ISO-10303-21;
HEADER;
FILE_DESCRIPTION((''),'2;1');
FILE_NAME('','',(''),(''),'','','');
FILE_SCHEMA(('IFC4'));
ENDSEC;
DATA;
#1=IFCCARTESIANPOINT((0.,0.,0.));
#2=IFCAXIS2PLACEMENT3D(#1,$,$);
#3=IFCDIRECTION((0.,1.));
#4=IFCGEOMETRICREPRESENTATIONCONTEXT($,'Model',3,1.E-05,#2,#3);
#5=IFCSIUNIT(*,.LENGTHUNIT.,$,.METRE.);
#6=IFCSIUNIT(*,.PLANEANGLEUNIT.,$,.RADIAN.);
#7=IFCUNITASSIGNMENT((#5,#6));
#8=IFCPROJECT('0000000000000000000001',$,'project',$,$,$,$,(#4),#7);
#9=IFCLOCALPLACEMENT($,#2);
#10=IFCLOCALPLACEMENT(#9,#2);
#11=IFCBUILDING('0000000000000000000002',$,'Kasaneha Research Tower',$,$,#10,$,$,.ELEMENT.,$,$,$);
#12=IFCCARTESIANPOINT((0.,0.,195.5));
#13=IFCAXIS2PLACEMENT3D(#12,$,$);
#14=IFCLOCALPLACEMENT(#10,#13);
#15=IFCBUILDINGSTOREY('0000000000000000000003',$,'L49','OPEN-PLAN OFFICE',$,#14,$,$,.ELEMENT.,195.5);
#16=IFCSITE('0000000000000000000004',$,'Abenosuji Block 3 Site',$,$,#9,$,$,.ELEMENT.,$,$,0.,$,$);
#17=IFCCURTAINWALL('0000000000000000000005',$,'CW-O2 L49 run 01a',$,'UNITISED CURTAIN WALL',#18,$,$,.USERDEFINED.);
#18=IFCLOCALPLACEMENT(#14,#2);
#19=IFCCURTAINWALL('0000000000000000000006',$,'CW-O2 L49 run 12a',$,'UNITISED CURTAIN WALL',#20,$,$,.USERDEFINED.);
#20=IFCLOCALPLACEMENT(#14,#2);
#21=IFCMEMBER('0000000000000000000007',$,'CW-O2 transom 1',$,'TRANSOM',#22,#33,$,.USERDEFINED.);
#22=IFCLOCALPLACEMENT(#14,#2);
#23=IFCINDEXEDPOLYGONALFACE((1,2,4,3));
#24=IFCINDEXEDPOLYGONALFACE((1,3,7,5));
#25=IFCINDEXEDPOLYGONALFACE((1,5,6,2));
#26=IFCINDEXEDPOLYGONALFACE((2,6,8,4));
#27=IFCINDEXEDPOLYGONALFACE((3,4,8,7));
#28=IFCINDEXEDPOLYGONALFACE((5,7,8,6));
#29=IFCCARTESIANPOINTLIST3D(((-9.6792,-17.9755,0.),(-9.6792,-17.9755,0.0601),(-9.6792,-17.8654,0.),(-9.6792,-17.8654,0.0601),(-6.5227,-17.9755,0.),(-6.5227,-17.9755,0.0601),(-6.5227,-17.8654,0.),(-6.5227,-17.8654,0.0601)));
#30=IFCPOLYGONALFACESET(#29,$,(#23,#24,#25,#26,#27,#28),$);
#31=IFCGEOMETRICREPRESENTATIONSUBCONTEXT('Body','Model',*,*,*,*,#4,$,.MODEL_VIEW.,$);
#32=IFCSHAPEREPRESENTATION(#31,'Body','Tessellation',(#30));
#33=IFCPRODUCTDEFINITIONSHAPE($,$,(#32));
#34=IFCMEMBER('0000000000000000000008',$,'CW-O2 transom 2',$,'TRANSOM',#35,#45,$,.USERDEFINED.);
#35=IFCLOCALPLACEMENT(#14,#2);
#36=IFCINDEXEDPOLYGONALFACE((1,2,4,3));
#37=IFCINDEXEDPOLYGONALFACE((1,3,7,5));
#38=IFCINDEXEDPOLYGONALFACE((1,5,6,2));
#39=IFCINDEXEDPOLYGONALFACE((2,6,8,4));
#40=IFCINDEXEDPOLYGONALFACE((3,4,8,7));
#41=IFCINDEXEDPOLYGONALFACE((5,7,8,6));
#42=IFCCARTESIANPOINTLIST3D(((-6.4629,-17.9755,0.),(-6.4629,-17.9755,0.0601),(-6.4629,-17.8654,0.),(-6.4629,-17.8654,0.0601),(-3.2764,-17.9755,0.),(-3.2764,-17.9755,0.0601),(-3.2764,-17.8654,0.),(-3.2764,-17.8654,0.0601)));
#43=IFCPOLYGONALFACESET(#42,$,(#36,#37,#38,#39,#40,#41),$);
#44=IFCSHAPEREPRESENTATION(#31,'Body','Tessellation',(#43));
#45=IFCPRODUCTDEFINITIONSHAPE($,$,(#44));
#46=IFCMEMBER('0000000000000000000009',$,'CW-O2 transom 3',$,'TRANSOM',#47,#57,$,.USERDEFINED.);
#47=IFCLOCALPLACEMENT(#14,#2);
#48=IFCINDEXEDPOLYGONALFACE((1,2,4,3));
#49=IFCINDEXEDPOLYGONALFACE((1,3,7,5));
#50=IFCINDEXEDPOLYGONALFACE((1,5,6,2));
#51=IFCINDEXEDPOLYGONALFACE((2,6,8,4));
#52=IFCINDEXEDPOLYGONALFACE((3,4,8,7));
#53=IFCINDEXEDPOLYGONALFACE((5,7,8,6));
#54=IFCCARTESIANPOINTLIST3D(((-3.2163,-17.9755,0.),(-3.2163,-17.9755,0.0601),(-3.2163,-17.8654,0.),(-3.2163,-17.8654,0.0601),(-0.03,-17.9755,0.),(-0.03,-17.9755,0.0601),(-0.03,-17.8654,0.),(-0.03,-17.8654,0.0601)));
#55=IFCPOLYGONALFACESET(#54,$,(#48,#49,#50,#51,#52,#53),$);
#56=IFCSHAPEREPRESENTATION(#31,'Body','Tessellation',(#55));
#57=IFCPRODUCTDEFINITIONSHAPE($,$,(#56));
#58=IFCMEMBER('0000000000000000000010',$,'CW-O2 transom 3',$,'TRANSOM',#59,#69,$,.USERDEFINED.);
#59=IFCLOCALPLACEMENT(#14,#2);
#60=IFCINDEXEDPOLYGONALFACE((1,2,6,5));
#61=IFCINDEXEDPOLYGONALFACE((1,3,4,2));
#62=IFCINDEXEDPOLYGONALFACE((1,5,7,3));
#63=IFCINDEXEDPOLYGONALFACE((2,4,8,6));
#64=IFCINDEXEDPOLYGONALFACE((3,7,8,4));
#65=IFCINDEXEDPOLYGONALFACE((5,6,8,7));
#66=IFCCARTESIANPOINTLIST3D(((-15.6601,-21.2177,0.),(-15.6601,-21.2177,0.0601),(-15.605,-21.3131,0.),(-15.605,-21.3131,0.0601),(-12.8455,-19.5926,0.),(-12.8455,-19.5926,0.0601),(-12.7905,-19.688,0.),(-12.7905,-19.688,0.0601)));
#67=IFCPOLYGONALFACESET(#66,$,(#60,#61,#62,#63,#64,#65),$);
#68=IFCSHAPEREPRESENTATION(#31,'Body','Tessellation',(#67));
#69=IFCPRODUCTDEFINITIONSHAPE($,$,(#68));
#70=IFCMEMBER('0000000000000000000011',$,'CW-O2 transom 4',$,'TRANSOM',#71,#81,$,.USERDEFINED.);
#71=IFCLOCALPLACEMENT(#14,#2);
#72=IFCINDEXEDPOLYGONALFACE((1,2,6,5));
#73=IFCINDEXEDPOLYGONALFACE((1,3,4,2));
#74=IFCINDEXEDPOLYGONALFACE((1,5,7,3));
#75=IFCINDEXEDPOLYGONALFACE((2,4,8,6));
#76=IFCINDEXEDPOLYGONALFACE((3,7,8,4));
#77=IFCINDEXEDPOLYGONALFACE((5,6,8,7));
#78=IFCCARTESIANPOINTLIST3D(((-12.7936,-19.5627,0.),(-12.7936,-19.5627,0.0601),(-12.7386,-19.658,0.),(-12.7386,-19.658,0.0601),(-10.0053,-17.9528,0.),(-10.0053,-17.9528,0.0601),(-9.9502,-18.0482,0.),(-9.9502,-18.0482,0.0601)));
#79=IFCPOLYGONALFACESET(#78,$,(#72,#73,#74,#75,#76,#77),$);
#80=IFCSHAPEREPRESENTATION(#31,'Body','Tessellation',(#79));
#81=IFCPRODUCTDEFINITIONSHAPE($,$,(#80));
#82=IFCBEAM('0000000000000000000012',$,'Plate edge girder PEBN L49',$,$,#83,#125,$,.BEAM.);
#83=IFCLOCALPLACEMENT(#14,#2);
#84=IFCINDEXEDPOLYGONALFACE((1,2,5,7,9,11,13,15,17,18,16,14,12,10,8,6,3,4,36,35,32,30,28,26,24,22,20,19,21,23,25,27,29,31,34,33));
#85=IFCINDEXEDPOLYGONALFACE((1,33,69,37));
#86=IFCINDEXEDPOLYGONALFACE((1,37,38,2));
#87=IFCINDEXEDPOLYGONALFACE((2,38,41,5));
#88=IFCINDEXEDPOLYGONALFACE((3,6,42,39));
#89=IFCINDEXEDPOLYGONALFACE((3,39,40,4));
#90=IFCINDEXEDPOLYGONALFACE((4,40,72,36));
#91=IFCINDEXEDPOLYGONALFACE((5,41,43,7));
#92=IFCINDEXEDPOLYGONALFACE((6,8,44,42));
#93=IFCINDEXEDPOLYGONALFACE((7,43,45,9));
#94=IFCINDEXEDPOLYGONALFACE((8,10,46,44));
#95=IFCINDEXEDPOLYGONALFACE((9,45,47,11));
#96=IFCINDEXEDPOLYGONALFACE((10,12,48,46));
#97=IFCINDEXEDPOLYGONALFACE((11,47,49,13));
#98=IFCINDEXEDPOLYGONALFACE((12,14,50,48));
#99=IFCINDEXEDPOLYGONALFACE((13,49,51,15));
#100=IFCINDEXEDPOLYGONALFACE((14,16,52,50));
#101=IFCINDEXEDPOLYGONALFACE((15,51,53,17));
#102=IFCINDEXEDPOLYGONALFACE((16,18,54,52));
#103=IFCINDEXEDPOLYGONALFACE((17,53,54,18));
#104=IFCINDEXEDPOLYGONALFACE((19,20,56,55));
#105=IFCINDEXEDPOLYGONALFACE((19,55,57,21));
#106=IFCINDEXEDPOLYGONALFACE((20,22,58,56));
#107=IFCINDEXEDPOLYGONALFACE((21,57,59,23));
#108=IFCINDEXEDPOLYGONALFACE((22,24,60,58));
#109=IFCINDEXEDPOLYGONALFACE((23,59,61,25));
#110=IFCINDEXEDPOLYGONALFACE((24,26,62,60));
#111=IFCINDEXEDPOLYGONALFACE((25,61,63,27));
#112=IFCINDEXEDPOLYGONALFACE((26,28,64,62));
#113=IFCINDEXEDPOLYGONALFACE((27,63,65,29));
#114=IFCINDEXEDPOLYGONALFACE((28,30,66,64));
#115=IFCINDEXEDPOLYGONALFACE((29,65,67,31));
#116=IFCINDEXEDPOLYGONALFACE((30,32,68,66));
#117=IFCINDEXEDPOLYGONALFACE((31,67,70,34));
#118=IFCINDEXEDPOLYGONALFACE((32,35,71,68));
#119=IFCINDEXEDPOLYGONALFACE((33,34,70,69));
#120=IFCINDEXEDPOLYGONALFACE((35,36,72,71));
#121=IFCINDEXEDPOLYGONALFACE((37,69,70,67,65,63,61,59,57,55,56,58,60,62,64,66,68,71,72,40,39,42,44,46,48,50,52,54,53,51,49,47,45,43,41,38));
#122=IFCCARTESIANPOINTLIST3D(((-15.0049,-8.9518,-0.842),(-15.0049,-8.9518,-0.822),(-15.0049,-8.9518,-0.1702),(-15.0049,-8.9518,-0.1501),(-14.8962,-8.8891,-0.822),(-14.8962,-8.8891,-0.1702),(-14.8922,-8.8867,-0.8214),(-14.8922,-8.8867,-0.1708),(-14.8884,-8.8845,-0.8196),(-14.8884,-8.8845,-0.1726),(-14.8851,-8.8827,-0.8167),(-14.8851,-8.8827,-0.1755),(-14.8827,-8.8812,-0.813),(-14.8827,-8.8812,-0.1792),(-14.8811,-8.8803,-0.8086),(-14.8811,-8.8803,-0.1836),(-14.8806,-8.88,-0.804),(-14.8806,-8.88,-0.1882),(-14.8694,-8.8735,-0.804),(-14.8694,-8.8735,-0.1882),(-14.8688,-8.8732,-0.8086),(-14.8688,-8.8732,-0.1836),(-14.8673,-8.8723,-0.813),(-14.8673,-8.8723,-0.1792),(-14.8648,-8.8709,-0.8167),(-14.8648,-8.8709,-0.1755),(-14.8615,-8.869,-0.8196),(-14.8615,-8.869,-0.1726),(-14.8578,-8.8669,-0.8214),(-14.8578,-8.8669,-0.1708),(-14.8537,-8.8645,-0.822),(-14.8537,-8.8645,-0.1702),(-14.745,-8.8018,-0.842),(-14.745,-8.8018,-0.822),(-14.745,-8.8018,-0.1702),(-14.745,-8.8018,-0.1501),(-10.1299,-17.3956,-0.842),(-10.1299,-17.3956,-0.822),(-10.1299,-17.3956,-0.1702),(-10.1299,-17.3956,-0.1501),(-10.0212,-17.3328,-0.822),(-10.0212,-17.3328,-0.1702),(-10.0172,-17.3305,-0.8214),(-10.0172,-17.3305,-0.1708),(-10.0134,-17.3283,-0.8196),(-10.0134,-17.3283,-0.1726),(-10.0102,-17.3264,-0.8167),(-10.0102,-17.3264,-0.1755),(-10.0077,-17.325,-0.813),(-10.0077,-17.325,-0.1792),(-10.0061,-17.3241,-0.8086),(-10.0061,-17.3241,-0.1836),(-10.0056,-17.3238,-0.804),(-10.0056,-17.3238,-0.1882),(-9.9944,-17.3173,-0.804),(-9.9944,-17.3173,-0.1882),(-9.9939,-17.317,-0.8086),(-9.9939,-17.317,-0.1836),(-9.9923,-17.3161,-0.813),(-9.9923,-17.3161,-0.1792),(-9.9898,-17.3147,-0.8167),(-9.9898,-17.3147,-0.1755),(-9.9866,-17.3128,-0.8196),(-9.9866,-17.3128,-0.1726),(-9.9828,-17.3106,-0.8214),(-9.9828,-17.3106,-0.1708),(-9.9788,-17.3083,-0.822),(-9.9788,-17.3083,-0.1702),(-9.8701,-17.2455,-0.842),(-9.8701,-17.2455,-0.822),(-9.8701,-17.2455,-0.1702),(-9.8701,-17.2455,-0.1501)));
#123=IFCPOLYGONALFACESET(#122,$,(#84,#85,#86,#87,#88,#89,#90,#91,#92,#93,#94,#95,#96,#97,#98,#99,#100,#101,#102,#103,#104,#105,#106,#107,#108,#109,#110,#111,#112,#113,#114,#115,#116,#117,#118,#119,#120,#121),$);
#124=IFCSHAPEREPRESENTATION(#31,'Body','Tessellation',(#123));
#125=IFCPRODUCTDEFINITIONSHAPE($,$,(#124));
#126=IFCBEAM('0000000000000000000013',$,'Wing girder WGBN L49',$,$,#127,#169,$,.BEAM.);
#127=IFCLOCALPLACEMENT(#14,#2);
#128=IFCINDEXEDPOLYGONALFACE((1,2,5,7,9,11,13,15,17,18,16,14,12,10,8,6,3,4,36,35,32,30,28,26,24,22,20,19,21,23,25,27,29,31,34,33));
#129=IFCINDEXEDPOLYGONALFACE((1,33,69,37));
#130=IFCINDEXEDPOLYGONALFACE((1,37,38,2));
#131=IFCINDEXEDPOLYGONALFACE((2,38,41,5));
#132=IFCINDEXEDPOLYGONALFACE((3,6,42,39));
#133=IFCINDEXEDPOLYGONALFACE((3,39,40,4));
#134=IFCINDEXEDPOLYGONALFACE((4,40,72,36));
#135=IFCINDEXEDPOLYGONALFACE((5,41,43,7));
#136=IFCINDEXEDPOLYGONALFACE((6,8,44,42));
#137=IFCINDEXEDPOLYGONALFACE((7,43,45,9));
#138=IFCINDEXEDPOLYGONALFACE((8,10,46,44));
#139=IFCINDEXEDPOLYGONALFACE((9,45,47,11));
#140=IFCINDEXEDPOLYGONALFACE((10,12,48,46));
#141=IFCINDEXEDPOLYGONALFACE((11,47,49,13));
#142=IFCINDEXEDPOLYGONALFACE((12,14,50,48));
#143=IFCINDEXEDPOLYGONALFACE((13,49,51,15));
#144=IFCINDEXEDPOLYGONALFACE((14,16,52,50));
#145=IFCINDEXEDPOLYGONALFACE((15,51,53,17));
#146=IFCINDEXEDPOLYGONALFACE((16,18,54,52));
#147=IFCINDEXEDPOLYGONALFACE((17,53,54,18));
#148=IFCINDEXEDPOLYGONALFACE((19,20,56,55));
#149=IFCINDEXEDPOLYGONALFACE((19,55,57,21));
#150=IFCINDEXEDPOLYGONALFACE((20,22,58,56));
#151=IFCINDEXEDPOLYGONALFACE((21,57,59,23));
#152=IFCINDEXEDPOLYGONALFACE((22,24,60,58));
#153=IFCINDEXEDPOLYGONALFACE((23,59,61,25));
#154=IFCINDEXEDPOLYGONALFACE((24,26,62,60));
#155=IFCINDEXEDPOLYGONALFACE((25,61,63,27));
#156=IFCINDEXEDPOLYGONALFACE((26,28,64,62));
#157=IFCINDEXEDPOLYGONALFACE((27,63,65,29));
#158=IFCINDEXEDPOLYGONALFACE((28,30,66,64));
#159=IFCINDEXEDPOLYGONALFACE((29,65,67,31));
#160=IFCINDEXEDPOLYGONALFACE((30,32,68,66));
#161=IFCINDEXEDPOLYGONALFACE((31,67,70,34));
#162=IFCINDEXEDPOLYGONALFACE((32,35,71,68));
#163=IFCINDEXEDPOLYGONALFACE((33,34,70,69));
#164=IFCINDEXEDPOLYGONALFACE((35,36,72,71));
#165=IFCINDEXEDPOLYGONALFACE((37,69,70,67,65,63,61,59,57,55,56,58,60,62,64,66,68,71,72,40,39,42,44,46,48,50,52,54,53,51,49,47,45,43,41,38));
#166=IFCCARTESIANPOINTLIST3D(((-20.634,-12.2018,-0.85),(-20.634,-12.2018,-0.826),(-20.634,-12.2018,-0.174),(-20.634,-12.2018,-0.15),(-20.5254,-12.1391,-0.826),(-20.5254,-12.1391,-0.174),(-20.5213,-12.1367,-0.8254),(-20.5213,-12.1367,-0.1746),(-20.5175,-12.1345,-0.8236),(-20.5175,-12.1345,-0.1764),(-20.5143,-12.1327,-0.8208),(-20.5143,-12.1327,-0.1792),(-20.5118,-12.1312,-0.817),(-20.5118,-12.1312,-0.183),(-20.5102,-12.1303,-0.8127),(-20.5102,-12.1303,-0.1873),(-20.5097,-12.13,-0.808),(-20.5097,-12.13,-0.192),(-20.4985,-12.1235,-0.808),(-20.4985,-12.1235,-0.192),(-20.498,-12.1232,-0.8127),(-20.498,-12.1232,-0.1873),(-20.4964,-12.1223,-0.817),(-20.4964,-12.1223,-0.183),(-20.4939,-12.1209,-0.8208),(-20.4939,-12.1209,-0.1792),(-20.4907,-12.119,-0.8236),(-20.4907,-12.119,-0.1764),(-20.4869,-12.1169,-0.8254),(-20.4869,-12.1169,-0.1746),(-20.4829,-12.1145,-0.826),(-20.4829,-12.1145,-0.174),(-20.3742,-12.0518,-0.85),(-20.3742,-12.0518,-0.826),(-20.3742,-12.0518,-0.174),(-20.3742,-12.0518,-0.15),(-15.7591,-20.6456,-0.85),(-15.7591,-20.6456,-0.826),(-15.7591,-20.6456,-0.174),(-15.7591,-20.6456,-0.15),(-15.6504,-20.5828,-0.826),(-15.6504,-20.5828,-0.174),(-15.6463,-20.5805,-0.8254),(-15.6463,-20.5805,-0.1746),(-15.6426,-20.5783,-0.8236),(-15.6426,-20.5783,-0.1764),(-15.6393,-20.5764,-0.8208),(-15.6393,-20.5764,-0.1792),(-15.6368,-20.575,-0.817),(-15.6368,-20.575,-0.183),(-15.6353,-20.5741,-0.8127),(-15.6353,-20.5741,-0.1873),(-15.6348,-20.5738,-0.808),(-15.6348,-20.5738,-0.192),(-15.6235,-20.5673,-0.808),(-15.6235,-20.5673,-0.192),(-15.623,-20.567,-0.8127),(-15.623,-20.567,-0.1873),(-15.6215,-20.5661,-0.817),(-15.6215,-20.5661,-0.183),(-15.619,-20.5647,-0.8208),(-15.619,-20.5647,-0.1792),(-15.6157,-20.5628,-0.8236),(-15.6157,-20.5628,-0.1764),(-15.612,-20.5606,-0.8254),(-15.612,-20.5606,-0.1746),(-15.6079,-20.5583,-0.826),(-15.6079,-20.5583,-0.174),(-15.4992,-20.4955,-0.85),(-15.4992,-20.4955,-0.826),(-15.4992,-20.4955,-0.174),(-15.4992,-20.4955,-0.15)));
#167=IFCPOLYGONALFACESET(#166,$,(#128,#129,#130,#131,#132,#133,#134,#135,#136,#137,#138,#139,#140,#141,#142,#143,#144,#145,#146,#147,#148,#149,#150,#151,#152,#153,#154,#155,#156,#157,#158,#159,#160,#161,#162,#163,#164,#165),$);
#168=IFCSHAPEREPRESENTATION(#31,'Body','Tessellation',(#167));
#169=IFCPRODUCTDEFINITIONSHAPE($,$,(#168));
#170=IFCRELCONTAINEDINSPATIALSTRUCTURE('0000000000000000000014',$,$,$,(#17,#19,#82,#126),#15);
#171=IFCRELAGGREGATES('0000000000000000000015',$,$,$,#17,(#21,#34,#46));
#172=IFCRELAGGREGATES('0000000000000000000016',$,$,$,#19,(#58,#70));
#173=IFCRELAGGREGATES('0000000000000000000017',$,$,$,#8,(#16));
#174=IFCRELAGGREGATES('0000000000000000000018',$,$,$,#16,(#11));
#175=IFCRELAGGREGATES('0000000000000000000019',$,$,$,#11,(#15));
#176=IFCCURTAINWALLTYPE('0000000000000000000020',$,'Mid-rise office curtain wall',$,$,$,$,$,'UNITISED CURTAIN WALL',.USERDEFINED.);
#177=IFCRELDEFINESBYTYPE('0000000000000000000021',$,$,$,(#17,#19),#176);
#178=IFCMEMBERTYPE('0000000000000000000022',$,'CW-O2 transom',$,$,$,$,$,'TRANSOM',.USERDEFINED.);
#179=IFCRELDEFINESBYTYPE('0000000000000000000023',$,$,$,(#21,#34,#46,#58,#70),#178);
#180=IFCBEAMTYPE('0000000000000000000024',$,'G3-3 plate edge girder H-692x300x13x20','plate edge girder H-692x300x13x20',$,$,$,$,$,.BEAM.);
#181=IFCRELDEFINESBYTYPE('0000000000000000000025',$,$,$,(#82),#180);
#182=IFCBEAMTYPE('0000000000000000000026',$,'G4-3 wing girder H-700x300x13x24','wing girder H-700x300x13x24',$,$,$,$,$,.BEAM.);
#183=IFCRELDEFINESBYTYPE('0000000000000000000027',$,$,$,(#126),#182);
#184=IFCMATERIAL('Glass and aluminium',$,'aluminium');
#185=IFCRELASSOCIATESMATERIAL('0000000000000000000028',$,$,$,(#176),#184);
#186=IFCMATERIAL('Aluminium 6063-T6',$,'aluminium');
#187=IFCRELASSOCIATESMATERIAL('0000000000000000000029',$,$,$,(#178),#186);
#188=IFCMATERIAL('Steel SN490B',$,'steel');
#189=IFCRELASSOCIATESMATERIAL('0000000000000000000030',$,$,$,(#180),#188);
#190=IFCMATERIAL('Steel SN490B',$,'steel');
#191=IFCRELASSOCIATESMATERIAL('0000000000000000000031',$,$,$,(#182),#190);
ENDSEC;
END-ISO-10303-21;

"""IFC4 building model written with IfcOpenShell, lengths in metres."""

from ifc_helpers import new_model, si_unit, direction, frame, origin, origin_2d, place, context, subcontext, project, spatial, rectangle, i_section, extrude, material, material_profile, profile_set, type_object, element, aggregate, save


model = new_model("IFC4")

# Units and contexts
model_context = context("Model", 3, precision=1e-05, world=origin(), true_north=direction((0.0, 1.0)))
body_context = subcontext(model_context, "Body", "Model", "MODEL_VIEW")
ifc_project = project(units=[si_unit("LENGTHUNIT", "METRE"), si_unit("PLANEANGLEUNIT", "RADIAN")], contexts=[model_context])

# Site, building, storey
site_placement = place(None, origin())
site = spatial("IfcSite", under=ifc_project, at=site_placement, Name="Abenosuji Block 3 Site", CompositionType="ELEMENT", RefElevation=0.0)
building_placement = place(site_placement, origin())
building = spatial("IfcBuilding", under=site, at=building_placement, Name="Kasaneha Research Tower", CompositionType="ELEMENT")
storey_placement = place(building_placement, frame((0.0, 0.0, 195.5)))
storey = spatial("IfcBuildingStorey", under=building, at=storey_placement, Name="L49", Description="OPEN-PLAN OFFICE", CompositionType="ELEMENT", Elevation=195.5)

# Curtain walls
ifc_material_1 = material(Name="Glass and aluminium", Category="aluminium")
curtain_wall_type = type_object("IfcCurtainWallType", Name="Mid-rise office curtain wall", ElementType="UNITISED CURTAIN WALL", PredefinedType="USERDEFINED", material=ifc_material_1)
curtain_wall_1_placement = place(storey_placement, origin())
curtain_wall_1 = element("IfcCurtainWall", 1, at=curtain_wall_1_placement, inside=storey, type_object=curtain_wall_type, Name="CW-O2 L49 run 01a", ObjectType="UNITISED CURTAIN WALL", PredefinedType="USERDEFINED")
curtain_wall_2_placement = place(storey_placement, origin())
curtain_wall_2 = element("IfcCurtainWall", 2, at=curtain_wall_2_placement, inside=storey, type_object=curtain_wall_type, Name="CW-O2 L49 run 12a", ObjectType="UNITISED CURTAIN WALL", PredefinedType="USERDEFINED")

# Members
ifc_material_2 = material(Name="Aluminium 6063-T6", Category="aluminium")
ifc_material_profile_1 = material_profile(ifc_material_2, rectangle(XDim=0.1101, YDim=0.0601, at=origin_2d()), Name="CW-O2 transom 110x60")
ifc_profile_set_1 = profile_set([ifc_material_profile_1], Name="Aluminium 6063-T6")
member_type_1 = type_object("IfcMemberType", Name="CW-O2 transom", ElementType="TRANSOM", PredefinedType="USERDEFINED", material=ifc_profile_set_1)
member_1_placement = place(storey_placement, frame((-9.6792, -17.9204, 0.03), z_axis=(1.0, 0.0, 0.0), x_axis=(0.0, 1.0, 0.0)))
member_1 = element("IfcMember", 3, at=member_1_placement, type_object=member_type_1, Name="CW-O2 transom 1", ObjectType="TRANSOM", PredefinedType="USERDEFINED", context=body_context, shape_type="SweptSolid", body=[
    extrude(rectangle(XDim=0.1101, YDim=0.0601, at=origin_2d()), origin(), (0.0, 0.0, 1.0), 3.1565),
])
member_2_placement = place(storey_placement, frame((-6.4629, -17.9204, 0.03), z_axis=(1.0, 0.0, 0.0), x_axis=(0.0, 1.0, 0.0)))
member_2 = element("IfcMember", 4, at=member_2_placement, type_object=member_type_1, Name="CW-O2 transom 2", ObjectType="TRANSOM", PredefinedType="USERDEFINED", context=body_context, shape_type="SweptSolid", body=[
    extrude(rectangle(XDim=0.1101, YDim=0.0601, at=origin_2d()), origin(), (0.0, 0.0, 1.0), 3.1865),
])
member_3_placement = place(storey_placement, frame((-3.2163, -17.9204, 0.03), z_axis=(1.0, 0.0, 0.0), x_axis=(0.0, 1.0, 0.0)))
member_3 = element("IfcMember", 5, at=member_3_placement, type_object=member_type_1, Name="CW-O2 transom 3", ObjectType="TRANSOM", PredefinedType="USERDEFINED", context=body_context, shape_type="SweptSolid", body=[
    extrude(rectangle(XDim=0.1101, YDim=0.0601, at=origin_2d()), origin(), (0.0, 0.0, 1.0), 3.1863),
])
member_4_placement = place(storey_placement, frame((-15.6326, -21.2654, 0.03), z_axis=(0.866015, 0.500017, 0.0), x_axis=(-0.500017, 0.866015, 0.0)))
member_4 = element("IfcMember", 6, at=member_4_placement, type_object=member_type_1, Name="CW-O2 transom 3", ObjectType="TRANSOM", PredefinedType="USERDEFINED", context=body_context, shape_type="SweptSolid", body=[
    extrude(rectangle(XDim=0.1101, YDim=0.0601, at=origin_2d()), origin(), (0.0, 0.0, 1.0), 3.25),
])
member_5_placement = place(storey_placement, frame((-12.7661, -19.6104, 0.03), z_axis=(0.866023, 0.500005, 0.0), x_axis=(-0.500005, 0.866023, 0.0)))
member_5 = element("IfcMember", 7, at=member_5_placement, type_object=member_type_1, Name="CW-O2 transom 4", ObjectType="TRANSOM", PredefinedType="USERDEFINED", context=body_context, shape_type="SweptSolid", body=[
    extrude(rectangle(XDim=0.1101, YDim=0.0601, at=origin_2d()), origin(), (0.0, 0.0, 1.0), 3.2197),
])

# Beams
ifc_material_3 = material(Name="Steel SN490B", Category="steel")
ifc_material_profile_2 = material_profile(ifc_material_3, i_section(OverallWidth=0.3, OverallDepth=0.6919, WebThickness=0.0129, FlangeThickness=0.02, FilletRadius=0.0181, at=origin_2d()), Name="H-692x300x13x20")
ifc_profile_set_2 = profile_set([ifc_material_profile_2], Name="Steel SN490B")
beam_type_1 = type_object("IfcBeamType", Name="G3-3 plate edge girder H-692x300x13x20", Description="plate edge girder H-692x300x13x20", PredefinedType="BEAM", material=ifc_profile_set_2)
beam_1_placement = place(storey_placement, frame((-10.0, -17.3206, -0.4961), z_axis=(-0.499996, 0.866028, 0.0), x_axis=(-0.866028, -0.499996, 0.0)))
element("IfcBeam", 8, at=beam_1_placement, inside=storey, type_object=beam_type_1, Name="Plate edge girder PEBN L49", PredefinedType="BEAM", context=body_context, shape_type="SweptSolid", body=[
    extrude(i_section(OverallWidth=0.3, OverallDepth=0.6919, WebThickness=0.0129, FlangeThickness=0.02, FilletRadius=0.0181, at=origin_2d()), origin(), (0.0, 0.0, 1.0), 9.75),
])
ifc_material_4 = material(Name="Steel SN490B", Category="steel")
ifc_material_profile_3 = material_profile(ifc_material_4, i_section(OverallWidth=0.3, OverallDepth=0.7, WebThickness=0.0129, FlangeThickness=0.0239, FilletRadius=0.0181, at=origin_2d()), Name="H-700x300x13x24")
ifc_profile_set_3 = profile_set([ifc_material_profile_3], Name="Steel SN490B")
beam_type_2 = type_object("IfcBeamType", Name="G4-3 wing girder H-700x300x13x24", Description="wing girder H-700x300x13x24", PredefinedType="BEAM", material=ifc_profile_set_3)
beam_2_placement = place(storey_placement, frame((-15.6292, -20.5706, -0.5), z_axis=(-0.499996, 0.866028, 0.0), x_axis=(-0.866028, -0.499996, 0.0)))
element("IfcBeam", 9, at=beam_2_placement, inside=storey, type_object=beam_type_2, Name="Wing girder WGBN L49", PredefinedType="BEAM", context=body_context, shape_type="SweptSolid", body=[
    extrude(i_section(OverallWidth=0.3, OverallDepth=0.7, WebThickness=0.0129, FlangeThickness=0.0239, FilletRadius=0.0181, at=origin_2d()), origin(), (0.0, 0.0, 1.0), 9.75),
])

aggregate(curtain_wall_1, [member_1, member_2, member_3])
aggregate(curtain_wall_2, [member_4, member_5])

save(model, "model.ifc")
